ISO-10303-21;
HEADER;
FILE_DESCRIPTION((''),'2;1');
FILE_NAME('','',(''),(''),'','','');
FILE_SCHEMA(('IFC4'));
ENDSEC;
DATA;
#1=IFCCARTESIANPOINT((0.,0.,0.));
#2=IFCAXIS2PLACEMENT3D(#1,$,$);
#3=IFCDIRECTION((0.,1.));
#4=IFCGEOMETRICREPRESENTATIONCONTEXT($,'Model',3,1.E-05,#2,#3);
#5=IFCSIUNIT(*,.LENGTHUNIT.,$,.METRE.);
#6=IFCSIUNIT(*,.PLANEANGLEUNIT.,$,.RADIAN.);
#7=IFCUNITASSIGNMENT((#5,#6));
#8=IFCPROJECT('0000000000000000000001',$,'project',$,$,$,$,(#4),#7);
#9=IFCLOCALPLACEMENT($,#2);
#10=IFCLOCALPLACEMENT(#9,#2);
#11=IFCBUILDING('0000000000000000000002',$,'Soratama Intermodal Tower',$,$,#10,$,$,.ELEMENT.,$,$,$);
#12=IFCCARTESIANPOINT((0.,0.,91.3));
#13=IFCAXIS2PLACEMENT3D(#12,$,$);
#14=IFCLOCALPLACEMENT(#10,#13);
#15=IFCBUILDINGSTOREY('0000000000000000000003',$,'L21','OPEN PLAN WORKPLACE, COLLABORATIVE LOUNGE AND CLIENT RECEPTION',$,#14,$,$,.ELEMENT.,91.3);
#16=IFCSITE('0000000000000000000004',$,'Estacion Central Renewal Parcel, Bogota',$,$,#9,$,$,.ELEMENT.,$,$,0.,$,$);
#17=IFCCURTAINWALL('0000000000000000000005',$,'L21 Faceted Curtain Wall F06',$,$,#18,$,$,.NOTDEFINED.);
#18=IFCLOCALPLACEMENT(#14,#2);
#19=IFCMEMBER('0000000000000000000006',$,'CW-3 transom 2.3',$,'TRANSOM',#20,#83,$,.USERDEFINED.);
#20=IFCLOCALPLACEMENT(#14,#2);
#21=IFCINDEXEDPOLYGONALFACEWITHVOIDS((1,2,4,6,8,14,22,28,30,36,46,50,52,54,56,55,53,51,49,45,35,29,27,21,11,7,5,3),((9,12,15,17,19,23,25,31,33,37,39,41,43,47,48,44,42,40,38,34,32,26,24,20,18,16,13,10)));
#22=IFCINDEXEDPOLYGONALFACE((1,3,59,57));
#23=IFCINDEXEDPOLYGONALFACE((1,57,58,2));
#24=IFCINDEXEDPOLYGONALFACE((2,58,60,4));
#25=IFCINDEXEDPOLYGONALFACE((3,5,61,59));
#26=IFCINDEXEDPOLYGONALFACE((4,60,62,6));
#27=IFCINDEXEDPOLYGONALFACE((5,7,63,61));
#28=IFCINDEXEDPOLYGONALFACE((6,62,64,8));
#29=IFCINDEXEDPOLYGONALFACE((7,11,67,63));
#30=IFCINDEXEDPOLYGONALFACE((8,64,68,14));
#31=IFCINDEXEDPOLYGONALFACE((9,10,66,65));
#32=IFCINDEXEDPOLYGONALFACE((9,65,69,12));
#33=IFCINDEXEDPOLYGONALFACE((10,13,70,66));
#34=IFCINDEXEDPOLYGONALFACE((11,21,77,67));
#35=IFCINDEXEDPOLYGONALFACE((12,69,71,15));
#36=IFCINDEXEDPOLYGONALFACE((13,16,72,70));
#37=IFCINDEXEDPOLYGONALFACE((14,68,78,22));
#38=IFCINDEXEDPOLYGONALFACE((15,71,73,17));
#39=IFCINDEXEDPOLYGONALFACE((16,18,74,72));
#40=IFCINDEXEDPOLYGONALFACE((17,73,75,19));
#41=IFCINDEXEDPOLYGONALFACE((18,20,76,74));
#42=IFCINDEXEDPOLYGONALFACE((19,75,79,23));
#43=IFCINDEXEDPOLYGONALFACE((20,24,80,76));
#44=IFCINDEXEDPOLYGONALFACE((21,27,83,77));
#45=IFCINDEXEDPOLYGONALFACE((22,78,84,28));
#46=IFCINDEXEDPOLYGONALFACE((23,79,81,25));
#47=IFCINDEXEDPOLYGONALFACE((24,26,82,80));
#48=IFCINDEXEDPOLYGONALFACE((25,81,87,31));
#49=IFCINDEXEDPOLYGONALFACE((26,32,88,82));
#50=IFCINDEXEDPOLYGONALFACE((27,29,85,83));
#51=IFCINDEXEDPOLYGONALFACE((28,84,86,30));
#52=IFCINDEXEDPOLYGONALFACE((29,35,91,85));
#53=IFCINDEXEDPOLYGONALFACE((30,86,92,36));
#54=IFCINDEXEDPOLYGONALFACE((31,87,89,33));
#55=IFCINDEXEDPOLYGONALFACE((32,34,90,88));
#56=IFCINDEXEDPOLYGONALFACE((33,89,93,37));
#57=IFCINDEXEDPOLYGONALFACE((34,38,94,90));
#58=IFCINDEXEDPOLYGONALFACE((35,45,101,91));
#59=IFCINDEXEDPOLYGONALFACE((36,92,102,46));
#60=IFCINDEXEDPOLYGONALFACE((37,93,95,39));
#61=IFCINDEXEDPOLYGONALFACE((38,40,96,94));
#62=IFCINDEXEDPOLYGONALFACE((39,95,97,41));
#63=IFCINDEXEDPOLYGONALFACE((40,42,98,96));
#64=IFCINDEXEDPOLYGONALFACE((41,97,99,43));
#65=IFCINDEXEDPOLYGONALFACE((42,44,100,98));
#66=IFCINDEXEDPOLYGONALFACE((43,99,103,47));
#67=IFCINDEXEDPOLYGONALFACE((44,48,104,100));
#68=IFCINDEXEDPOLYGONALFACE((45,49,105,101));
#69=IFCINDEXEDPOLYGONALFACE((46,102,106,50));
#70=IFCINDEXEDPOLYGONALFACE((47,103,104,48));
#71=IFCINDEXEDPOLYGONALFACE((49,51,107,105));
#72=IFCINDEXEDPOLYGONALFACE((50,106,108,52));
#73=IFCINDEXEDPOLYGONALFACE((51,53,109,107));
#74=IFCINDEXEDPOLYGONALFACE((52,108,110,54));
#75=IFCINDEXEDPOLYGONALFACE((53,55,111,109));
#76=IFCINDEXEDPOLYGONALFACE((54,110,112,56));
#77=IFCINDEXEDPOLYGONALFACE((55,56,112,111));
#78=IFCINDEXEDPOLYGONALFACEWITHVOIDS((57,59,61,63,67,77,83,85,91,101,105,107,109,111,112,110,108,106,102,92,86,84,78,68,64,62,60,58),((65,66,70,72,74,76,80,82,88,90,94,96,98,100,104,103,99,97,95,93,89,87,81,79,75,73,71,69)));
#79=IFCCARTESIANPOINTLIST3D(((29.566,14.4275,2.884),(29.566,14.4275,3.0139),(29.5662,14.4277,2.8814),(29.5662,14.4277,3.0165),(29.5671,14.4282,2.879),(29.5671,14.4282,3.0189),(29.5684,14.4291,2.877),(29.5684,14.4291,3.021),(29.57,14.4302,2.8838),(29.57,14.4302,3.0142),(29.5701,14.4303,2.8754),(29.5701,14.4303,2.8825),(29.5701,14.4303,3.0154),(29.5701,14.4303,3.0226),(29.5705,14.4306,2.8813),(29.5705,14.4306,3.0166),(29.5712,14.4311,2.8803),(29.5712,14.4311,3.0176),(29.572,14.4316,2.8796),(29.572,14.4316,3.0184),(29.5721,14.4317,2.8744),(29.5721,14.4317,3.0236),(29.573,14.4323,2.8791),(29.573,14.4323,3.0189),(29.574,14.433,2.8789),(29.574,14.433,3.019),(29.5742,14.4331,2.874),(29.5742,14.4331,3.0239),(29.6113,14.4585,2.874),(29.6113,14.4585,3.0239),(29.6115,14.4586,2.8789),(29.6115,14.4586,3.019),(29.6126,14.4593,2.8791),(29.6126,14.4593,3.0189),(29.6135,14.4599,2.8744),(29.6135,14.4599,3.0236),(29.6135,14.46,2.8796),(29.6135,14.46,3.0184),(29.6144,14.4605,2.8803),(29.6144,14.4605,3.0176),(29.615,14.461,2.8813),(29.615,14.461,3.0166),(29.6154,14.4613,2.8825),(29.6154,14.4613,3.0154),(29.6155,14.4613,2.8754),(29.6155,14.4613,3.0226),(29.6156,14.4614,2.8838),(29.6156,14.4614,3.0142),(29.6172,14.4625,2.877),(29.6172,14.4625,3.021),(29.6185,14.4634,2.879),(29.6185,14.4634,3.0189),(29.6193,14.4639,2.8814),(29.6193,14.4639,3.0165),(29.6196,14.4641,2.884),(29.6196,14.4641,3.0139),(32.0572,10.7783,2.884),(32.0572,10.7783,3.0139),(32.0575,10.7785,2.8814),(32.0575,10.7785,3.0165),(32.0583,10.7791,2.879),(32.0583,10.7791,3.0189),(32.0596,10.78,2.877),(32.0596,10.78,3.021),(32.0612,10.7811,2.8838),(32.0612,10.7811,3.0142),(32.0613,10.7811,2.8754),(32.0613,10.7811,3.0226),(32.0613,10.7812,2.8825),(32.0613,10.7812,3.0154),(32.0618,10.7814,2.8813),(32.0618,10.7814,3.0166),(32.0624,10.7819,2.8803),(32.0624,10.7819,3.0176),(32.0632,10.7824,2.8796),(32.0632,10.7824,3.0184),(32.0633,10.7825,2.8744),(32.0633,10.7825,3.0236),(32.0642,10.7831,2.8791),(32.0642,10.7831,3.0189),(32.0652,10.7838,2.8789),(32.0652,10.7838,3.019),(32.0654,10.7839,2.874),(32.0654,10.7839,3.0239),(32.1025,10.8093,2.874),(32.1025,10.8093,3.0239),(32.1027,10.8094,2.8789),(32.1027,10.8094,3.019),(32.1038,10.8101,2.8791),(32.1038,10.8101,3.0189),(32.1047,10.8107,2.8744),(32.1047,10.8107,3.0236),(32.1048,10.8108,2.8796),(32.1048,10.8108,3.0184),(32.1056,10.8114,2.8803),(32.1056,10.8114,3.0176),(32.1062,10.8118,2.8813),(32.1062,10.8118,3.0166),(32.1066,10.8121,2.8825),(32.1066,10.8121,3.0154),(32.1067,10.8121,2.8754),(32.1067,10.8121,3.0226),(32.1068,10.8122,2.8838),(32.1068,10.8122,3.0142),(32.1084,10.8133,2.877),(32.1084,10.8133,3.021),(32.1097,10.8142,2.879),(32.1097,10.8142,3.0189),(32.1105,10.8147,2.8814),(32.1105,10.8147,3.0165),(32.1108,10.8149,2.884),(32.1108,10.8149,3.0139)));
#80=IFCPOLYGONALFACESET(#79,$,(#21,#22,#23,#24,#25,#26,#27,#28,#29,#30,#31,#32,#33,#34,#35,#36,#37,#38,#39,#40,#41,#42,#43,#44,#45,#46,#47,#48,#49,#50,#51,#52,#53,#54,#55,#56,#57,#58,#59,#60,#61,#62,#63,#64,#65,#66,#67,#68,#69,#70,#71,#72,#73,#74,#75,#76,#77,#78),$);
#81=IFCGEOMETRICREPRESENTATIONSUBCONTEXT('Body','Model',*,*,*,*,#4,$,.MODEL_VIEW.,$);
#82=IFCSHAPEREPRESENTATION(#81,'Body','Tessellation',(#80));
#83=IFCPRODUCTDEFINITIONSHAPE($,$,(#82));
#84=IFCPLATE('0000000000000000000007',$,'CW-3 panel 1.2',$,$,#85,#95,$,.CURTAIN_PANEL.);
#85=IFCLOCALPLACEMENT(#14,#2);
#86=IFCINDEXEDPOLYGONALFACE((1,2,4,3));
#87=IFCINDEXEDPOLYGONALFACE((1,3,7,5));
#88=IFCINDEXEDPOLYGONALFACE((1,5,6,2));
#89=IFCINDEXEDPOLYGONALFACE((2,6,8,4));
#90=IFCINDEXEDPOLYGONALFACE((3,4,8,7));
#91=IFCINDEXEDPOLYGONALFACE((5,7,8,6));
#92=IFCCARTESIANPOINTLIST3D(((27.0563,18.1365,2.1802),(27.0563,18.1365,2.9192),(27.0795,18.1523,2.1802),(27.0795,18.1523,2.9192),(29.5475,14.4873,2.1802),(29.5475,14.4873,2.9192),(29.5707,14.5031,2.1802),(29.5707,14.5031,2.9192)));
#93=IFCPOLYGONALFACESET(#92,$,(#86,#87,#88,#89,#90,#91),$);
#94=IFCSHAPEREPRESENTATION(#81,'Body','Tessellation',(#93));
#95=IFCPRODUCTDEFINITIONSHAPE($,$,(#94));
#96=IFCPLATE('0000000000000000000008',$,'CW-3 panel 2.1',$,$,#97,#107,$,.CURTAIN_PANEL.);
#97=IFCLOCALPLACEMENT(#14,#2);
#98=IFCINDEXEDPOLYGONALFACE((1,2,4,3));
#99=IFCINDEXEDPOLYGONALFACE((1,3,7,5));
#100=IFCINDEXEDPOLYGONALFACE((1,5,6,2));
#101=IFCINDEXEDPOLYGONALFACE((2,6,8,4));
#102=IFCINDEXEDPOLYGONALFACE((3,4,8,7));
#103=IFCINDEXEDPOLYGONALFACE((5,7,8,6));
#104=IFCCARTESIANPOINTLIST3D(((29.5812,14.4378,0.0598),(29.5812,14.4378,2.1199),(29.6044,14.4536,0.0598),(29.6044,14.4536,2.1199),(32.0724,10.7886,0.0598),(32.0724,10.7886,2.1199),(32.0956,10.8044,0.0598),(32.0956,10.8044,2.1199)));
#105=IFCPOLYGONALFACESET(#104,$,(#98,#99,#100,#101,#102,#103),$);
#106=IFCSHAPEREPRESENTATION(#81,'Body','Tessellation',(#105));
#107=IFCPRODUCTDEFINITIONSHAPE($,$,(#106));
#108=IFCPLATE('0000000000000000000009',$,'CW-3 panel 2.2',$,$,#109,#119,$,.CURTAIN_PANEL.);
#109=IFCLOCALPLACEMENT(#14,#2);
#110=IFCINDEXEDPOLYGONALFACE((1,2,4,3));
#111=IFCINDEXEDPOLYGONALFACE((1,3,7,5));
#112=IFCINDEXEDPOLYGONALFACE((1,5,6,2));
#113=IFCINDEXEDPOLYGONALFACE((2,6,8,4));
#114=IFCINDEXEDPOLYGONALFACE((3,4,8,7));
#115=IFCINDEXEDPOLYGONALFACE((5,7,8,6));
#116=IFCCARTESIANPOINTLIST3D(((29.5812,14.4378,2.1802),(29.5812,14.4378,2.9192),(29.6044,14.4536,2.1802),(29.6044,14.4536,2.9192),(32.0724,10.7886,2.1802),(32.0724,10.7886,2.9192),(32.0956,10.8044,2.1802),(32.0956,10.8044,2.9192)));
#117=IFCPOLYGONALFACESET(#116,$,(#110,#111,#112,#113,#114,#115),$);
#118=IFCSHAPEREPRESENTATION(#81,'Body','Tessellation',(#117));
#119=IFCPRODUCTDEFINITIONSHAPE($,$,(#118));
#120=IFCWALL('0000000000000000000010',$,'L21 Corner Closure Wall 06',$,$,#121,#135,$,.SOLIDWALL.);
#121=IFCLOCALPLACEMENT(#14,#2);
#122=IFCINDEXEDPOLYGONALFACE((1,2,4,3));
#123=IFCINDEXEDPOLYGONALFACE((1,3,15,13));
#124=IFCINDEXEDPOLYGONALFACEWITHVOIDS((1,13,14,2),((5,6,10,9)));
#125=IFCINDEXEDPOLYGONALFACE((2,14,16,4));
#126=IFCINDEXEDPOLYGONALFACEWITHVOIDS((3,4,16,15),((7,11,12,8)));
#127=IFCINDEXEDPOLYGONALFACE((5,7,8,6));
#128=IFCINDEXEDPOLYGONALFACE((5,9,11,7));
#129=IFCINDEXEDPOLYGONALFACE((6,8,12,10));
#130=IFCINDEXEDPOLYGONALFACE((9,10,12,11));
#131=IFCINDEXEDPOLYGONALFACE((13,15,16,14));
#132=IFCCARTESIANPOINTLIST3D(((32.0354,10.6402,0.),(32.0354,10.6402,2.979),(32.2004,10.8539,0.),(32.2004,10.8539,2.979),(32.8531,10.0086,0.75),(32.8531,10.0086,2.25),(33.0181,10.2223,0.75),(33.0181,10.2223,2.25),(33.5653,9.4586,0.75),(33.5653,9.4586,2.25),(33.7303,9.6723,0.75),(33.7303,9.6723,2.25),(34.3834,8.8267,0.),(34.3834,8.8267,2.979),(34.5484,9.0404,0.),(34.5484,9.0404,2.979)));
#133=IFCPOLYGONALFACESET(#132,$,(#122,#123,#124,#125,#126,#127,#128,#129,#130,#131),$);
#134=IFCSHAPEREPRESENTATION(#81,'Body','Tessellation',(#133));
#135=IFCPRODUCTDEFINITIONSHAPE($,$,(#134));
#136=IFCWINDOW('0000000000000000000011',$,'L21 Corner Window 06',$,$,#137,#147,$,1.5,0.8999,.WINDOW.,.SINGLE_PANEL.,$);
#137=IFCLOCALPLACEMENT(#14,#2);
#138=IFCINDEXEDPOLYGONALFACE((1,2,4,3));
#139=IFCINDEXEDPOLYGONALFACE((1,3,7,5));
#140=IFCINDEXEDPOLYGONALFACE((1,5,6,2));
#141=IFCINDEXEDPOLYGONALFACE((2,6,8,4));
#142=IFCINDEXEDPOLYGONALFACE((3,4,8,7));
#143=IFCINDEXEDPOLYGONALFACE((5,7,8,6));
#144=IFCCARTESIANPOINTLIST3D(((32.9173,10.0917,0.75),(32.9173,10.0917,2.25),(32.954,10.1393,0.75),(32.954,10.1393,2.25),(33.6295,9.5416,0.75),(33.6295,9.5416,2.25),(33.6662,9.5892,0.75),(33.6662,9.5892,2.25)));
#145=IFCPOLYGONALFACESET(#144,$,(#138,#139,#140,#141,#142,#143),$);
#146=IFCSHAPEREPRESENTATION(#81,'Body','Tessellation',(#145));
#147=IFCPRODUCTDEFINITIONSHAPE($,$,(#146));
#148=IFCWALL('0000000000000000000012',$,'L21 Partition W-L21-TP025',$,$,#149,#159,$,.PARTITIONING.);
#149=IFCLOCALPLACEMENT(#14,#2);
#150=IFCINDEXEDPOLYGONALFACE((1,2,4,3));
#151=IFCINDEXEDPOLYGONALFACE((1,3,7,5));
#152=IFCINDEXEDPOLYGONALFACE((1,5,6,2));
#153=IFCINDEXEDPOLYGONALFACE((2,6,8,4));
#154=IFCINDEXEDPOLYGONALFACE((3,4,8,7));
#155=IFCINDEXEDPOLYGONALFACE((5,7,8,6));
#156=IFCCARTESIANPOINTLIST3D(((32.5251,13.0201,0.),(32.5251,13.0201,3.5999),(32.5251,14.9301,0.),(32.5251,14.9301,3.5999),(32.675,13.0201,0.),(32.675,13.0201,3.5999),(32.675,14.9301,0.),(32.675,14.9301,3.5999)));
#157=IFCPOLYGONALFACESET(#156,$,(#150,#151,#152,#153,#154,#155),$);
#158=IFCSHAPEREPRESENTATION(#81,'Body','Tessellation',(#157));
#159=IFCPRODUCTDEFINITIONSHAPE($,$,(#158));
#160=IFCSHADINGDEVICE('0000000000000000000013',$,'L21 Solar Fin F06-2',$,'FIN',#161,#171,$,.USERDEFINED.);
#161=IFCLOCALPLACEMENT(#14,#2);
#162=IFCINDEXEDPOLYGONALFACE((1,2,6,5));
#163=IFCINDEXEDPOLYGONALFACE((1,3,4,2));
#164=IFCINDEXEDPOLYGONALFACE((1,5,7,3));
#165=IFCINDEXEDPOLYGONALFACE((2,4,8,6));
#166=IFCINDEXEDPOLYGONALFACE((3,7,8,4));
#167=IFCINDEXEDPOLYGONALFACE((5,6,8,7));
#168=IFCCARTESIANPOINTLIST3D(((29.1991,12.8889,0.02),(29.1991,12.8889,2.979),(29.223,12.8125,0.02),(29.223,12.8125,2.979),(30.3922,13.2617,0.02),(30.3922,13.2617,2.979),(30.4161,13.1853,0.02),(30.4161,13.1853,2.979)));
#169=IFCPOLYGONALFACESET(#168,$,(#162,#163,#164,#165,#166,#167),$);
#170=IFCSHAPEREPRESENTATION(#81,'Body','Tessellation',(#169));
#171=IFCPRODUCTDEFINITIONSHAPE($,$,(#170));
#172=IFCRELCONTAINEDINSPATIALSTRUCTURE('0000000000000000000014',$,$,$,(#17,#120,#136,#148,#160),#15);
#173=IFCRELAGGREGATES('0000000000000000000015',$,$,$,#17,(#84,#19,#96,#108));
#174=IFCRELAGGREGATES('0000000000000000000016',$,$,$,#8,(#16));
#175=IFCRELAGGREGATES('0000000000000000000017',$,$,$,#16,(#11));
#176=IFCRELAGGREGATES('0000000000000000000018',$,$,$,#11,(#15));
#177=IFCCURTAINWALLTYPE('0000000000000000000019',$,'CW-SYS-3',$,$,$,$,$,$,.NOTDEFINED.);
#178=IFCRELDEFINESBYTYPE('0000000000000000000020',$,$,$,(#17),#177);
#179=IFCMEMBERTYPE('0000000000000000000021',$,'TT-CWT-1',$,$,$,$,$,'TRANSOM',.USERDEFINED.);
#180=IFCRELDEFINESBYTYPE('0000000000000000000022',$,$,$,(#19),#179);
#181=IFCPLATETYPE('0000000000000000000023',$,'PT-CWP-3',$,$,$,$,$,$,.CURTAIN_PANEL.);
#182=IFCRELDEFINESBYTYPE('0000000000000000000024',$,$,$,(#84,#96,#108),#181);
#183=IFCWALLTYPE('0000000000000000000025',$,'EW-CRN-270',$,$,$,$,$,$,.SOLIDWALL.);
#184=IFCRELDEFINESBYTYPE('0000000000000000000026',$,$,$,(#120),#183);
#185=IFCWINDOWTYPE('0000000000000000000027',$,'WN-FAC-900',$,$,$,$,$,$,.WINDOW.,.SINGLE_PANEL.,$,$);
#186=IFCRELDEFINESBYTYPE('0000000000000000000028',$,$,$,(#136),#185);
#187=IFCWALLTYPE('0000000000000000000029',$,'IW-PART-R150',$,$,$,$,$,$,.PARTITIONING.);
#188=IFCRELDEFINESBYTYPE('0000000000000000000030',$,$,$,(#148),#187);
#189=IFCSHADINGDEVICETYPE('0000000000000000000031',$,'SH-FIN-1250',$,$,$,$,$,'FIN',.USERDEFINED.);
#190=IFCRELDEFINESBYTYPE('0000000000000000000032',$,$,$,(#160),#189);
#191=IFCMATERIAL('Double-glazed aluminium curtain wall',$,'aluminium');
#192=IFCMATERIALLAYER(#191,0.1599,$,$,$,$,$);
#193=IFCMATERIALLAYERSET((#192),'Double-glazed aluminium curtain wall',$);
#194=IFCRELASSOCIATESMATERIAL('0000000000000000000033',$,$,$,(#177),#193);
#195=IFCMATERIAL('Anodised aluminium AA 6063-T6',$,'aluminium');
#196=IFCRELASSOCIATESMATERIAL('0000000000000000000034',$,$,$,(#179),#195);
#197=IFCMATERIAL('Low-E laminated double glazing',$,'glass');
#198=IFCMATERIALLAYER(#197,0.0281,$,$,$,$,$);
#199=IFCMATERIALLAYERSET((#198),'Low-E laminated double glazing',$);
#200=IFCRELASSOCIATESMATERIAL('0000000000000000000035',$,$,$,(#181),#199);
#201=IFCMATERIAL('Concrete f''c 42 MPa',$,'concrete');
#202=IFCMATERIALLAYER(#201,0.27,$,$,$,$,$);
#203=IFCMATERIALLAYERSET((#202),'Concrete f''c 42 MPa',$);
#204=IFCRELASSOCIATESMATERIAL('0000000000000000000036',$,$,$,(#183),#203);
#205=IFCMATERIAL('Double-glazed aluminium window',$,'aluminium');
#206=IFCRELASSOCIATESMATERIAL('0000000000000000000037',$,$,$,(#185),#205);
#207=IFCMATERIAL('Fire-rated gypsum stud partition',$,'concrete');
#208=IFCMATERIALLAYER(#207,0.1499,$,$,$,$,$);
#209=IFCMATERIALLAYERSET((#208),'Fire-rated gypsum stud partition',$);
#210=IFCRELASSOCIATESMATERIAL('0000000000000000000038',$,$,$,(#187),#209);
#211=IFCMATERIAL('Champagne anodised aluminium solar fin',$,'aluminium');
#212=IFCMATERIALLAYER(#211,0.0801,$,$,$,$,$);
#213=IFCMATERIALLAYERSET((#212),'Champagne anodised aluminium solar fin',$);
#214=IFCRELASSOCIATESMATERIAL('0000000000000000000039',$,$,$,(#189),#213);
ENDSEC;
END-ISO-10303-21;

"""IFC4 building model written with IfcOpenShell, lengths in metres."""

from ifc_helpers import new_model, si_unit, direction, frame, frame_2d, origin, origin_2d, place, context, subcontext, project, spatial, rectangle, hollow_rectangle, extrude, material, layer, layer_set, material_profile, profile_set, type_object, element, fill, aggregate, save


model = new_model("IFC4")

# Units and contexts
model_context = context("Model", 3, precision=1e-05, world=origin(), true_north=direction((0.0, 1.0)))
body_context = subcontext(model_context, "Body", "Model", "MODEL_VIEW")
ifc_project = project(units=[si_unit("LENGTHUNIT", "METRE"), si_unit("PLANEANGLEUNIT", "RADIAN")], contexts=[model_context])

# Site, building, storey
site_placement = place(None, origin())
site = spatial("IfcSite", under=ifc_project, at=site_placement, Name="Estacion Central Renewal Parcel, Bogota", CompositionType="ELEMENT", RefElevation=0.0)
building_placement = place(site_placement, origin())
building = spatial("IfcBuilding", under=site, at=building_placement, Name="Soratama Intermodal Tower", CompositionType="ELEMENT")
storey_placement = place(building_placement, frame((0.0, 0.0, 91.3)))
storey = spatial("IfcBuildingStorey", under=building, at=storey_placement, Name="L21", Description="OPEN PLAN WORKPLACE, COLLABORATIVE LOUNGE AND CLIENT RECEPTION", CompositionType="ELEMENT", Elevation=91.3)

# Curtain wall, member, plates
ifc_material_1 = material(Name="Double-glazed aluminium curtain wall", Category="aluminium")
ifc_layer_1 = layer(ifc_material_1, 0.1599)
ifc_layer_set_1 = layer_set([ifc_layer_1], Name="Double-glazed aluminium curtain wall")
curtain_wall_type = type_object("IfcCurtainWallType", Name="CW-SYS-3", PredefinedType="NOTDEFINED", material=ifc_layer_set_1)
curtain_wall_placement = place(storey_placement, origin())
curtain_wall = element("IfcCurtainWall", 1, at=curtain_wall_placement, inside=storey, type_object=curtain_wall_type, Name="L21 Faceted Curtain Wall F06", PredefinedType="NOTDEFINED")
ifc_material_2 = material(Name="Anodised aluminium AA 6063-T6", Category="aluminium")
ifc_material_profile_1 = material_profile(ifc_material_2, hollow_rectangle(XDim=0.0649, YDim=0.1499, WallThickness=0.0049, InnerFilletRadius=0.0049, OuterFilletRadius=0.01, at=origin_2d()), Name="CWT150X65X5")
ifc_profile_set_1 = profile_set([ifc_material_profile_1], Name="Anodised aluminium AA 6063-T6")
member_type_1 = type_object("IfcMemberType", Name="TT-CWT-1", ElementType="TRANSOM", PredefinedType="USERDEFINED", material=ifc_profile_set_1)
member_1_placement = place(storey_placement, frame((29.5928, 14.4458, 2.949), z_axis=(0.563822, -0.825896, 0.0), x_axis=(0.825896, 0.563822, 0.0)))
member_1 = element("IfcMember", 2, at=member_1_placement, type_object=member_type_1, Name="CW-3 transom 2.3", ObjectType="TRANSOM", PredefinedType="USERDEFINED", context=body_context, shape_type="SweptSolid", body=[
    extrude(hollow_rectangle(XDim=0.0649, YDim=0.1499, WallThickness=0.0049, InnerFilletRadius=0.0049, OuterFilletRadius=0.01, at=origin_2d()), origin(), (0.0, 0.0, 1.0), 4.4185),
])
ifc_material_3 = material(Name="Low-E laminated double glazing", Category="glass")
ifc_layer_2 = layer(ifc_material_3, 0.0281)
ifc_layer_set_2 = layer_set([ifc_layer_2], Name="Low-E laminated double glazing")
plate_type = type_object("IfcPlateType", Name="PT-CWP-3", PredefinedType="CURTAIN_PANEL", material=ifc_layer_set_2)
plate_1_placement = place(storey_placement, frame((28.3135, 16.3198, 2.1802), z_axis=(0.0, 0.0, 1.0), x_axis=(0.563814, -0.825902, 0.0)))
plate_1 = element("IfcPlate", 3, at=plate_1_placement, type_object=plate_type, Name="CW-3 panel 1.2", PredefinedType="CURTAIN_PANEL", context=body_context, shape_type="SweptSolid", body=[
    extrude(rectangle(XDim=4.4185, YDim=0.0281, at=origin_2d()), origin(), (0.0, 0.0, 1.0), 0.739),
])
plate_2_placement = place(storey_placement, frame((30.8384, 12.6211, 0.0598), z_axis=(0.0, 0.0, 1.0), x_axis=(0.563814, -0.825902, 0.0)))
plate_2 = element("IfcPlate", 4, at=plate_2_placement, type_object=plate_type, Name="CW-3 panel 2.1", PredefinedType="CURTAIN_PANEL", context=body_context, shape_type="SweptSolid", body=[
    extrude(rectangle(XDim=4.4185, YDim=0.0281, at=origin_2d()), origin(), (0.0, 0.0, 1.0), 2.0601),
])
plate_3_placement = place(storey_placement, frame((30.8384, 12.6211, 2.1802), z_axis=(0.0, 0.0, 1.0), x_axis=(0.563814, -0.825902, 0.0)))
plate_3 = element("IfcPlate", 5, at=plate_3_placement, type_object=plate_type, Name="CW-3 panel 2.2", PredefinedType="CURTAIN_PANEL", context=body_context, shape_type="SweptSolid", body=[
    extrude(rectangle(XDim=4.4185, YDim=0.0281, at=origin_2d()), origin(), (0.0, 0.0, 1.0), 0.739),
])
aggregate(curtain_wall, [plate_1, member_1, plate_2, plate_3])

# Wall, opening, window
ifc_material_4 = material(Name="Concrete f'c 42 MPa", Category="concrete")
ifc_layer_3 = layer(ifc_material_4, 0.27)
ifc_layer_set_3 = layer_set([ifc_layer_3], Name="Concrete f'c 42 MPa")
wall_type_1 = type_object("IfcWallType", Name="EW-CRN-270", PredefinedType="SOLIDWALL", material=ifc_layer_set_3)
wall_1_placement = place(storey_placement, frame((32.1179, 10.7471, 0.0), z_axis=(0.0, 0.0, 1.0), x_axis=(0.791417, -0.611277, 0.0)))
wall_1 = element("IfcWall", 6, at=wall_1_placement, inside=storey, type_object=wall_type_1, Name="L21 Corner Closure Wall 06", PredefinedType="SOLIDWALL", context=body_context, shape_type="SweptSolid", body=[
    extrude(rectangle(XDim=2.9668, YDim=0.27, at=frame_2d((1.4834, 0.0))), origin(), (0.0, 0.0, 1.0), 2.979),
])
opening_placement = place(wall_1_placement, frame((1.0332, 0.0, 0.75)))
opening = element("IfcOpeningElement", 7, at=opening_placement, cuts=wall_1, PredefinedType="OPENING", context=body_context, shape_type="SweptSolid", body=[
    extrude(rectangle(XDim=0.8999, YDim=1.5, at=frame_2d((0.45, 0.75))), frame((0.0, 0.145, 0.0), z_axis=(0.0, -1.0, 0.0), x_axis=(1.0, 0.0, 0.0)), (0.0, 0.0, 1.0), 0.29),
])
ifc_material_5 = material(Name="Double-glazed aluminium window", Category="aluminium")
window_type = type_object("IfcWindowType", Name="WN-FAC-900", PartitioningType="SINGLE_PANEL", PredefinedType="WINDOW", material=ifc_material_5)
window_placement = place(opening_placement, origin())
window = element("IfcWindow", 8, at=window_placement, inside=storey, type_object=window_type, Name="L21 Corner Window 06", OverallHeight=1.5, OverallWidth=0.8999, PartitioningType="SINGLE_PANEL", PredefinedType="WINDOW", context=body_context, shape_type="SweptSolid", body=[
    extrude(rectangle(XDim=0.8999, YDim=1.5, at=frame_2d((0.45, 0.75))), frame((0.0, 0.03, 0.0), z_axis=(0.0, -1.0, 0.0), x_axis=(1.0, 0.0, 0.0)), (0.0, 0.0, 1.0), 0.0601),
])
fill(opening, window)

# Wall
ifc_material_6 = material(Name="Fire-rated gypsum stud partition", Category="concrete")
ifc_layer_4 = layer(ifc_material_6, 0.1499)
ifc_layer_set_4 = layer_set([ifc_layer_4], Name="Fire-rated gypsum stud partition")
wall_type_2 = type_object("IfcWallType", Name="IW-PART-R150", PredefinedType="PARTITIONING", material=ifc_layer_set_4)
wall_2_placement = place(storey_placement, frame((32.6001, 13.02, 0.0), z_axis=(0.0, 0.0, 1.0), x_axis=(0.0, 1.0, 0.0)))
element("IfcWall", 9, at=wall_2_placement, inside=storey, type_object=wall_type_2, Name="L21 Partition W-L21-TP025", PredefinedType="PARTITIONING", context=body_context, shape_type="SweptSolid", body=[
    extrude(rectangle(XDim=1.9099, YDim=0.1499, at=frame_2d((0.9551, 0.0))), origin(), (0.0, 0.0, 1.0), 3.5999),
])

# Shading device
ifc_material_7 = material(Name="Champagne anodised aluminium solar fin", Category="aluminium")
ifc_layer_5 = layer(ifc_material_7, 0.0801)
ifc_layer_set_5 = layer_set([ifc_layer_5], Name="Champagne anodised aluminium solar fin")
shading_device_type = type_object("IfcShadingDeviceType", Name="SH-FIN-1250", ElementType="FIN", PredefinedType="USERDEFINED", material=ifc_layer_set_5)
shading_device_placement = place(storey_placement, frame((29.8076, 13.0371, 0.02), z_axis=(0.0, 0.0, 1.0), x_axis=(-0.954501, -0.298208, 0.0)))
element("IfcShadingDevice", 10, at=shading_device_placement, inside=storey, type_object=shading_device_type, Name="L21 Solar Fin F06-2", ObjectType="FIN", PredefinedType="USERDEFINED", context=body_context, shape_type="SweptSolid", body=[
    extrude(rectangle(XDim=1.25, YDim=0.0801, at=origin_2d()), origin(), (0.0, 0.0, 1.0), 2.959),
])

save(model, "model.ifc")
